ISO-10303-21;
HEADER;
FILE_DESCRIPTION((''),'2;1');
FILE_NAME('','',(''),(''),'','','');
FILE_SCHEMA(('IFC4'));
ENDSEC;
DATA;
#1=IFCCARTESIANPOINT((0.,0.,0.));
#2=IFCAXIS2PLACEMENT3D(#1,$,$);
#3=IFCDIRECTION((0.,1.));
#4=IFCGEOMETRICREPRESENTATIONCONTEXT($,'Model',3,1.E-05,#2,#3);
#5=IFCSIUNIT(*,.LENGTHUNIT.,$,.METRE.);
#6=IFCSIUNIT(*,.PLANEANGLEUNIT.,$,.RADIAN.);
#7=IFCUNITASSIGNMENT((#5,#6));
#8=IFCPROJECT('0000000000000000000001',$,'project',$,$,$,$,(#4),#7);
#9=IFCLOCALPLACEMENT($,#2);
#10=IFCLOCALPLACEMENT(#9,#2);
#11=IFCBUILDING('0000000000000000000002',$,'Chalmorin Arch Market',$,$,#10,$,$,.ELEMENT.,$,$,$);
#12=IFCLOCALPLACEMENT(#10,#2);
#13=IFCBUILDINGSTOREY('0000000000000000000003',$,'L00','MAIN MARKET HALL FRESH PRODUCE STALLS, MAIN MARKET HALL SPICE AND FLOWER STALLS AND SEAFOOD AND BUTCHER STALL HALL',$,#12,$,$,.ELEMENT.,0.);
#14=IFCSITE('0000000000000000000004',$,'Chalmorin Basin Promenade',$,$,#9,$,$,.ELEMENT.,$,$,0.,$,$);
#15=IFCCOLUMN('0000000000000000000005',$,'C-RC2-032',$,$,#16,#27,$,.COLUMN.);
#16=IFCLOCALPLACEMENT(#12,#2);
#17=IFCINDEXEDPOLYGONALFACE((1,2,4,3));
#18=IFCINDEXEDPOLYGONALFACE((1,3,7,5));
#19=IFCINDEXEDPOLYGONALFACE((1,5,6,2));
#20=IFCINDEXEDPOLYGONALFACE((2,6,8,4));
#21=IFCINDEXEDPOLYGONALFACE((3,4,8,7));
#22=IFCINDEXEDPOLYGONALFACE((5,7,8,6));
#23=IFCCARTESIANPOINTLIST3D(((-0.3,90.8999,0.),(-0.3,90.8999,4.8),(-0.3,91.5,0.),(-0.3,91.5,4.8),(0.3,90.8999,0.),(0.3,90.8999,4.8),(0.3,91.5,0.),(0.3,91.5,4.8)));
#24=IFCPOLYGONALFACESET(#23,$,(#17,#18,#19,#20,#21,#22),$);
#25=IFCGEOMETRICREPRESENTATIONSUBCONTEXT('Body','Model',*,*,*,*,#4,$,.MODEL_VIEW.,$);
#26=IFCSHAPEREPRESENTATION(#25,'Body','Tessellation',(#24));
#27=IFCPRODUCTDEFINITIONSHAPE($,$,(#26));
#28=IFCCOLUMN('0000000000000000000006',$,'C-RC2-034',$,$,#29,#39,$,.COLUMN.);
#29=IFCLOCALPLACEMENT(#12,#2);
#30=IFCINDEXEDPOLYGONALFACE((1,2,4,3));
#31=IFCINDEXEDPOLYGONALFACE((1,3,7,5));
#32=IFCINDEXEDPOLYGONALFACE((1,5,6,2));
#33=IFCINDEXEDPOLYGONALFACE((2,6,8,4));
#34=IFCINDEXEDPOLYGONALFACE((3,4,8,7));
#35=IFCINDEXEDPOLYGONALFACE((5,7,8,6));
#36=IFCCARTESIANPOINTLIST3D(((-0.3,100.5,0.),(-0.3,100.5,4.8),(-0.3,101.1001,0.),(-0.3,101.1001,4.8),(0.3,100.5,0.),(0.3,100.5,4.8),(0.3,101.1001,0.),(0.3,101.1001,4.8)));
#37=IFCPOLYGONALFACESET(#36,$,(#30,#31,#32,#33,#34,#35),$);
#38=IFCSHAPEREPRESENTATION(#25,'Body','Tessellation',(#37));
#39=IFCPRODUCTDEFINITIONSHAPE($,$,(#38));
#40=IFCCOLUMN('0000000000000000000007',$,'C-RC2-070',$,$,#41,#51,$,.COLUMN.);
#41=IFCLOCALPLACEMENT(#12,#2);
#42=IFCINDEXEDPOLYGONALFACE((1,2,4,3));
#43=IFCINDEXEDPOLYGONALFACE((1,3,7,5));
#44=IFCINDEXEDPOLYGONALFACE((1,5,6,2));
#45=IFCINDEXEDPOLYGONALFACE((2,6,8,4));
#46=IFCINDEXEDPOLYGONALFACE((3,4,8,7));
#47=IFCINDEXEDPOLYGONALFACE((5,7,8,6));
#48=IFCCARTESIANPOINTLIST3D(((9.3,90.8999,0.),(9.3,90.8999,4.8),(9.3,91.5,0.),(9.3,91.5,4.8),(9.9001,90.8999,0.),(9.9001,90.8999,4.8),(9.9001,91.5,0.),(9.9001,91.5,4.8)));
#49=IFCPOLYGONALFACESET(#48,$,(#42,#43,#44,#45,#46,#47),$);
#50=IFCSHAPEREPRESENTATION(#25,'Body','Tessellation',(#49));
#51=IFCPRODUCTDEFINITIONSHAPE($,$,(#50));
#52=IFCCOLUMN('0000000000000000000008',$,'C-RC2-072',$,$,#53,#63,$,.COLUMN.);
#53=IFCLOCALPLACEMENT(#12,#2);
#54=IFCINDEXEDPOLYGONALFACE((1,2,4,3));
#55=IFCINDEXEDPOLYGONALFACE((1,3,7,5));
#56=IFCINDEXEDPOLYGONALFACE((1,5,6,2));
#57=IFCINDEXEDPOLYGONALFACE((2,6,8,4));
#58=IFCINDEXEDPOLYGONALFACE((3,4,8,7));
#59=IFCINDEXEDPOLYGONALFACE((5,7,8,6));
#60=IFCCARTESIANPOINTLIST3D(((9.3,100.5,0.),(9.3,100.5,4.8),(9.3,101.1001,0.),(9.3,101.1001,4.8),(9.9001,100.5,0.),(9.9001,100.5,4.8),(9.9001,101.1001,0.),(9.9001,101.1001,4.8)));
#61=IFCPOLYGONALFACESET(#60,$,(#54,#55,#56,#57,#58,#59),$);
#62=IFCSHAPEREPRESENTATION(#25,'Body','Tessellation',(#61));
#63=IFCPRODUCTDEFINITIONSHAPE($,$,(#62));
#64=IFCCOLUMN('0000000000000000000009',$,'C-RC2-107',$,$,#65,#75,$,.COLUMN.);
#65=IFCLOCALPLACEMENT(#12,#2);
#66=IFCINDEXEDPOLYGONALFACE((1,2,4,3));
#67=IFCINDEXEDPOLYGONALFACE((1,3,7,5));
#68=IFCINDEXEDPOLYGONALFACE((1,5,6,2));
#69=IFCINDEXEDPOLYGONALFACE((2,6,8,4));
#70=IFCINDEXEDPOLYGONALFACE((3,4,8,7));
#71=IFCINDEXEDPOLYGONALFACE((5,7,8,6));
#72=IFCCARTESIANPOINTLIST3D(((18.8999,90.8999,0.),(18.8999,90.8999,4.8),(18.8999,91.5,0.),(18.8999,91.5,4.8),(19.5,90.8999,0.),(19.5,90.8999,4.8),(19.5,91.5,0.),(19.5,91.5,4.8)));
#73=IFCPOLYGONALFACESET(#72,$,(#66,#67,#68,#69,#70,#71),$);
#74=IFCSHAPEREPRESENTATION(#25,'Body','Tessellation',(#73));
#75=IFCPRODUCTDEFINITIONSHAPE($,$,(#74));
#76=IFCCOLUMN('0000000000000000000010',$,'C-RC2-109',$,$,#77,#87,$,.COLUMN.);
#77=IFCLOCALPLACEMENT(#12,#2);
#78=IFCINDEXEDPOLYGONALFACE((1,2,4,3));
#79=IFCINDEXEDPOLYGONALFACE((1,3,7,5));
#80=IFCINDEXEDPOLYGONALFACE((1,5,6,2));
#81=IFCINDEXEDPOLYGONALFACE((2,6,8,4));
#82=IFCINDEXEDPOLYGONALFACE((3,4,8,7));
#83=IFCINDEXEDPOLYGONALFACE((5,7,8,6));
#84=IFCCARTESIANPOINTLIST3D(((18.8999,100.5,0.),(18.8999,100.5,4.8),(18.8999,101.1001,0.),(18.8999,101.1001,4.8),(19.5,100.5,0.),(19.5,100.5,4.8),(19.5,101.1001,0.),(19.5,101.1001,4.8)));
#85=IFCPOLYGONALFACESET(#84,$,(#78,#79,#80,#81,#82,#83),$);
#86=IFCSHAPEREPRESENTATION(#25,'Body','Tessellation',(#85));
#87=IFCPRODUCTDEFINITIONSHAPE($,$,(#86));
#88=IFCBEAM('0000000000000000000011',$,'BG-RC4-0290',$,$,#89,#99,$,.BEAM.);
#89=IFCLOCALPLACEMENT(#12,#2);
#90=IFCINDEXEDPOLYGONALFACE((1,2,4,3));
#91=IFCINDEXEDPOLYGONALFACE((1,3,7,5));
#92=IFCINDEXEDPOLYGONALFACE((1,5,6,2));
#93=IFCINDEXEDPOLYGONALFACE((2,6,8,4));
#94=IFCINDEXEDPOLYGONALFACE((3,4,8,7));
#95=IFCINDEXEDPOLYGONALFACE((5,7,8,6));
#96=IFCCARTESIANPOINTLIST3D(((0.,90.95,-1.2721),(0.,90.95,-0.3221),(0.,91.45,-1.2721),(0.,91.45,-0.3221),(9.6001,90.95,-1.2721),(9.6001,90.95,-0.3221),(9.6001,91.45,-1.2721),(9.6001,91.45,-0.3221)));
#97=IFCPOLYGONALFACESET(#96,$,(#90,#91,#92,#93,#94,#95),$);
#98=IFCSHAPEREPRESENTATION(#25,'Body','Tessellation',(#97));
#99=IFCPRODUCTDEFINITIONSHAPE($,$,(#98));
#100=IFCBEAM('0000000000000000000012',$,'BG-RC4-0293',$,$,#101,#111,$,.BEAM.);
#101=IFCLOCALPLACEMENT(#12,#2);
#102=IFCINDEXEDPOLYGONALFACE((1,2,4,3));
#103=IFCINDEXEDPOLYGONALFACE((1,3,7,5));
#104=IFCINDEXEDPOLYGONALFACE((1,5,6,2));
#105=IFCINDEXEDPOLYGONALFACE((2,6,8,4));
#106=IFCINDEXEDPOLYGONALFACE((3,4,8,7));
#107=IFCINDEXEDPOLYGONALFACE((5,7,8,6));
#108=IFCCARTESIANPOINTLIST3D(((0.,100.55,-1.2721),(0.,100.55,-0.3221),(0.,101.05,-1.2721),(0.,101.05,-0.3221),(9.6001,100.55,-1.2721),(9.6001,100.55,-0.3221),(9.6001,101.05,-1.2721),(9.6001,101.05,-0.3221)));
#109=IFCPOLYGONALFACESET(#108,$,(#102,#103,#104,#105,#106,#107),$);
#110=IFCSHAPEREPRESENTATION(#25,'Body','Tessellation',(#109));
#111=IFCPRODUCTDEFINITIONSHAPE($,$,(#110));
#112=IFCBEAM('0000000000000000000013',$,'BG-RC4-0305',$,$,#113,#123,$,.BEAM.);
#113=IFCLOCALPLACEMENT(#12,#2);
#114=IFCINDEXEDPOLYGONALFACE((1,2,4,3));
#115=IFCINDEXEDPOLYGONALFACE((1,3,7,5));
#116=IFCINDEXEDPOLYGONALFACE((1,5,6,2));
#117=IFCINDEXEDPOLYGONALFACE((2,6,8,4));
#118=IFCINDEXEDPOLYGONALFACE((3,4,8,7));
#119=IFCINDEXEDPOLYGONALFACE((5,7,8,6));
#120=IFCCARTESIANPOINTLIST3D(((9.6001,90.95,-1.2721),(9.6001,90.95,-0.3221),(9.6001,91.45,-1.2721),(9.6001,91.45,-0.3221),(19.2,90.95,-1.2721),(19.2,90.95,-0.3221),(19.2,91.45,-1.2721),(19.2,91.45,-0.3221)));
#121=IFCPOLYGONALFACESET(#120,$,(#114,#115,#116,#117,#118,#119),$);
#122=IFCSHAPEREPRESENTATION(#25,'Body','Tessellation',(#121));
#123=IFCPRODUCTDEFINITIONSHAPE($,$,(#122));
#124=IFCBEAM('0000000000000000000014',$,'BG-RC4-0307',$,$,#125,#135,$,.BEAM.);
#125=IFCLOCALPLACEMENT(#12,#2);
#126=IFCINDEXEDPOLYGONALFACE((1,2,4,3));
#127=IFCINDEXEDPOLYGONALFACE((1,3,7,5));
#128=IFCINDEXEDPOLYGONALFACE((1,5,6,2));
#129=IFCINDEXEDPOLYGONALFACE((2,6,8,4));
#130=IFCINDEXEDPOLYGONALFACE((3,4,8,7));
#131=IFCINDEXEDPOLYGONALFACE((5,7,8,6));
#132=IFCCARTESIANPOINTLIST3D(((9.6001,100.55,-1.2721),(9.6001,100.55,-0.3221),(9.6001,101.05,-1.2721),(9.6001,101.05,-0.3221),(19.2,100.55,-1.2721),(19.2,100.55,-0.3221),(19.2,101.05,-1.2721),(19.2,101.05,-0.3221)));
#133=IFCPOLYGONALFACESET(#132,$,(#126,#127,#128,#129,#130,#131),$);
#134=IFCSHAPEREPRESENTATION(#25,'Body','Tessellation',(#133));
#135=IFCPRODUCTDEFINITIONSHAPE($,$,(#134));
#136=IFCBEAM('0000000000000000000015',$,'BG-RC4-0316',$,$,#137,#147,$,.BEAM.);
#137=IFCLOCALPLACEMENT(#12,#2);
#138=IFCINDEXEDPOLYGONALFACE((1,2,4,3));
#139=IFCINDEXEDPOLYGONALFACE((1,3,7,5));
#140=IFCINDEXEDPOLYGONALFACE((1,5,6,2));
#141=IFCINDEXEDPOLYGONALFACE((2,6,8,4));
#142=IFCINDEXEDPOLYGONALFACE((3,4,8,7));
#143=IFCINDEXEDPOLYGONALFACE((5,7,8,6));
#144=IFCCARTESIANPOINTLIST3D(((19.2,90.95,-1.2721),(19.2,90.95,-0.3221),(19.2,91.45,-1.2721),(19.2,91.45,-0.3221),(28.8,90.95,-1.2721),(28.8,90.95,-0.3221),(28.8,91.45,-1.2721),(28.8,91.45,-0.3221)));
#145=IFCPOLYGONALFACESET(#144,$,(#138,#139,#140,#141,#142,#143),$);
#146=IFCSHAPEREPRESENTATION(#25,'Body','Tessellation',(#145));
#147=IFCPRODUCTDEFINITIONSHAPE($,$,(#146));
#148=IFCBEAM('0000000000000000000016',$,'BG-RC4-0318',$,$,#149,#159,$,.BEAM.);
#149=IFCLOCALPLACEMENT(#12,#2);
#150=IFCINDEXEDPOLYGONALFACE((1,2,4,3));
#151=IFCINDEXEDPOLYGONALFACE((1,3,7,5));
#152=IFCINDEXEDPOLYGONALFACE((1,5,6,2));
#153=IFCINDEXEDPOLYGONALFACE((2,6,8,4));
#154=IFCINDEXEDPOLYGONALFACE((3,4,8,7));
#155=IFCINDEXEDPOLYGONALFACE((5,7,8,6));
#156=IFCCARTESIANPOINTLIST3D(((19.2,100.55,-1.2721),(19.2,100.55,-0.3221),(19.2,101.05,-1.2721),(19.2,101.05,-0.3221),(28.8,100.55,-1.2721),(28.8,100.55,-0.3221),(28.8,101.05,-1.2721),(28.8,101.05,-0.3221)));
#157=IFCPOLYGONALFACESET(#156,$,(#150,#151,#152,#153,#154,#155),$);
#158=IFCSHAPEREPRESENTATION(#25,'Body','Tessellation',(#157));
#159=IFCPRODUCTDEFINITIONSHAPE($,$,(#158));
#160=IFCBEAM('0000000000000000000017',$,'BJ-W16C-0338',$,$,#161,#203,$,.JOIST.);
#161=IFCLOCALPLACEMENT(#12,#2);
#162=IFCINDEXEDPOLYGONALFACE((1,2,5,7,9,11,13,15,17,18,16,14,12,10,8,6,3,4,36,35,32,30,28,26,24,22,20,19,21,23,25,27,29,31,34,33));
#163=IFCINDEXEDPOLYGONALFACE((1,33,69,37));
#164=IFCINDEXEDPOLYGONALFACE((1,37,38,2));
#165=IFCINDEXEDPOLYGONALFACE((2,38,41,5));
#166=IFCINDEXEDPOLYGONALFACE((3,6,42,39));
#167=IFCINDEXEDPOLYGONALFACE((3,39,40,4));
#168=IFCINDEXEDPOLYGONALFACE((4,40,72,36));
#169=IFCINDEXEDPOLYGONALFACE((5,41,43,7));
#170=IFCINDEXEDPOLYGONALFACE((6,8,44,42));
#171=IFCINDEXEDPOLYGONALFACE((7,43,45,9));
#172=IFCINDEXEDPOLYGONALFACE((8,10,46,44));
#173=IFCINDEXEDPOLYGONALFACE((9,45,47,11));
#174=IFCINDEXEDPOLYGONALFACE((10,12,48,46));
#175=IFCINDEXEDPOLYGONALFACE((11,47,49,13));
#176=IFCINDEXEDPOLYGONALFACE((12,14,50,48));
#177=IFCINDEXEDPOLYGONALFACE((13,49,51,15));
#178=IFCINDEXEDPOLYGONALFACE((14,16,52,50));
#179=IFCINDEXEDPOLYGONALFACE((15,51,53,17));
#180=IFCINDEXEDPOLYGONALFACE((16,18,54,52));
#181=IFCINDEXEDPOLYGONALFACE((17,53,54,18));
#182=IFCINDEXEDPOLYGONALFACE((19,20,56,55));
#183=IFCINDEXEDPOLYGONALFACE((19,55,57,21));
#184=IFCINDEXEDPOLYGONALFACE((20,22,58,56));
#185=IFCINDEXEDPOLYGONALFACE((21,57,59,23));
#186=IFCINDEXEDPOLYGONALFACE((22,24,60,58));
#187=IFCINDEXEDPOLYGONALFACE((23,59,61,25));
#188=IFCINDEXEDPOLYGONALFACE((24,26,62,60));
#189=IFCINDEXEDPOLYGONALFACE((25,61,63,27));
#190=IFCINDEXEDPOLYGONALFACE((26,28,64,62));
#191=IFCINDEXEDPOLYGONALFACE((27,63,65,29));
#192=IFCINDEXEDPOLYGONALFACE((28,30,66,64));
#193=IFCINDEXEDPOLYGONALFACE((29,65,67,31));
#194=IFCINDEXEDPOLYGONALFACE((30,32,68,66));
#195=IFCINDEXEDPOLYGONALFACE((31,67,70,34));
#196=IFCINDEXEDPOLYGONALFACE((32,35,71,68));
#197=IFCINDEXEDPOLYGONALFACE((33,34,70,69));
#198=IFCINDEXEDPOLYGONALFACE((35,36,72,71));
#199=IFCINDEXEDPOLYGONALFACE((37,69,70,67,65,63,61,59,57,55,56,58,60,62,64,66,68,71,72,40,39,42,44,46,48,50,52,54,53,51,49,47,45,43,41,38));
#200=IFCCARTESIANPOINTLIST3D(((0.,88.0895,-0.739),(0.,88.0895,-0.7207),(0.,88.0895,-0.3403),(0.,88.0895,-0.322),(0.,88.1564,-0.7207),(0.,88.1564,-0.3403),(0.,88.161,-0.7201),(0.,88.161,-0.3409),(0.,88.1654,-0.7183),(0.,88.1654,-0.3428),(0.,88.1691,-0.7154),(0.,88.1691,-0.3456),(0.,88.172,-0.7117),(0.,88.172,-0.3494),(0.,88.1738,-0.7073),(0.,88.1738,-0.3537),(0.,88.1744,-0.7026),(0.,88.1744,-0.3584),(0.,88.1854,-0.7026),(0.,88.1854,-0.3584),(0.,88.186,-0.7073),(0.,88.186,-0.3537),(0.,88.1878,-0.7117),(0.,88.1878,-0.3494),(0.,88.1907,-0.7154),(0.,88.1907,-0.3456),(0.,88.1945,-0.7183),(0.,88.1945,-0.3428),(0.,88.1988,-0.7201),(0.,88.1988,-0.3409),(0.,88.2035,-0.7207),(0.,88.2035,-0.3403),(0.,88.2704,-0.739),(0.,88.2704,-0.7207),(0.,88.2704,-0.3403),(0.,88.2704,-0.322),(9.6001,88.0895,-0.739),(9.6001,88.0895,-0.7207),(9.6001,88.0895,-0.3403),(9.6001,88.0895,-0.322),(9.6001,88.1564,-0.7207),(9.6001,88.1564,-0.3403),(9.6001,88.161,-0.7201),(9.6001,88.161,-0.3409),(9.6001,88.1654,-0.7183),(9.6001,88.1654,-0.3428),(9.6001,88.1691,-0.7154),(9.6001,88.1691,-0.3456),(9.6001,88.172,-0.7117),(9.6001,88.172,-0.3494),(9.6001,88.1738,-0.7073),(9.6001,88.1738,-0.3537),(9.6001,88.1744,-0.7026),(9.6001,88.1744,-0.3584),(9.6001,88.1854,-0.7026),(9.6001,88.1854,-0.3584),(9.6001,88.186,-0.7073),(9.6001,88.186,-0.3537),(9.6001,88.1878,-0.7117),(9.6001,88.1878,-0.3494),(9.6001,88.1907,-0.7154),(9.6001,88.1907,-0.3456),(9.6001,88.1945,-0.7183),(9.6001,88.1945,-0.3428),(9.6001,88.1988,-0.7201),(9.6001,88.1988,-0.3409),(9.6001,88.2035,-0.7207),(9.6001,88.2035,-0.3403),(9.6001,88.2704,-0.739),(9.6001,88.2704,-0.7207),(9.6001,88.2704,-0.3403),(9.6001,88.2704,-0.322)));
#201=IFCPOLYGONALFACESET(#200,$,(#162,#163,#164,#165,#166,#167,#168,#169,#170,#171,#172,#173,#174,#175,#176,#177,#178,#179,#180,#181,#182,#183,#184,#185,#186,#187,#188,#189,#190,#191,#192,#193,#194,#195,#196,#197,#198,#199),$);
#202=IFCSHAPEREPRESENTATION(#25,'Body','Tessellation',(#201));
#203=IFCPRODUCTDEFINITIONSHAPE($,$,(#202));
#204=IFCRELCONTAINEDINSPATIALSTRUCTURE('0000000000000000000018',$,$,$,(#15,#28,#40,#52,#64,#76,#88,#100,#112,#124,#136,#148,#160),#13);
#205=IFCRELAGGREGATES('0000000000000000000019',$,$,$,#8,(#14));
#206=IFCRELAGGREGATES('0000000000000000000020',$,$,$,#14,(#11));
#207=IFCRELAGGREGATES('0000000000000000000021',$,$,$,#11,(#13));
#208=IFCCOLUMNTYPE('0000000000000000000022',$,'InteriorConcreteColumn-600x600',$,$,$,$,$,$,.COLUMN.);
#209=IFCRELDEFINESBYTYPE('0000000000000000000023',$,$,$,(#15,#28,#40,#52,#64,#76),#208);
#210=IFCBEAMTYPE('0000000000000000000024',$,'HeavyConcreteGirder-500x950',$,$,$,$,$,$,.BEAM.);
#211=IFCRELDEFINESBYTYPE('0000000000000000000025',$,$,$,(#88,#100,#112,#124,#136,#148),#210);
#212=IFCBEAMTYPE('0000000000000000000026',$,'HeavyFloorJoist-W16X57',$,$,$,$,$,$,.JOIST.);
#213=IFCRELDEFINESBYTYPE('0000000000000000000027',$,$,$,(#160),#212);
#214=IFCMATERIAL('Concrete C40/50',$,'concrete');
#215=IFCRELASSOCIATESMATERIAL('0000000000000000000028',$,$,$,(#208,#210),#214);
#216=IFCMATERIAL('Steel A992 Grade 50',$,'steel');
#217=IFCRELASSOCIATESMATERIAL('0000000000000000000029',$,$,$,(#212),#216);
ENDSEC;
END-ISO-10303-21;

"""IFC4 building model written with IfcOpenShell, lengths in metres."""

from ifc_helpers import new_model, si_unit, direction, frame, origin, origin_2d, place, context, subcontext, project, spatial, rectangle, i_section, extrude, material, material_profile, profile_set, type_object, element, save


model = new_model("IFC4")

# Units and contexts
model_context = context("Model", 3, precision=1e-05, world=origin(), true_north=direction((0.0, 1.0)))
body_context = subcontext(model_context, "Body", "Model", "MODEL_VIEW")
ifc_project = project(units=[si_unit("LENGTHUNIT", "METRE"), si_unit("PLANEANGLEUNIT", "RADIAN")], contexts=[model_context])

# Site, building, storey
site_placement = place(None, origin())
site = spatial("IfcSite", under=ifc_project, at=site_placement, Name="Chalmorin Basin Promenade", CompositionType="ELEMENT", RefElevation=0.0)
building_placement = place(site_placement, origin())
building = spatial("IfcBuilding", under=site, at=building_placement, Name="Chalmorin Arch Market", CompositionType="ELEMENT")
storey_placement = place(building_placement, origin())
storey = spatial("IfcBuildingStorey", under=building, at=storey_placement, Name="L00", Description="MAIN MARKET HALL FRESH PRODUCE STALLS, MAIN MARKET HALL SPICE AND FLOWER STALLS AND SEAFOOD AND BUTCHER STALL HALL", CompositionType="ELEMENT", Elevation=0.0)

# Columns
ifc_material_1 = material(Name="Concrete C40/50", Category="concrete")
ifc_material_profile_1 = material_profile(ifc_material_1, rectangle(XDim=0.6001, YDim=0.6001, at=origin_2d()), Name="RC600X600")
ifc_profile_set_1 = profile_set([ifc_material_profile_1], Name="Concrete C40/50")
column_type = type_object("IfcColumnType", Name="InteriorConcreteColumn-600x600", PredefinedType="COLUMN", material=ifc_profile_set_1)
for number, where, z_axis, x_axis, name in (
    (1, (0.0, 91.2, 0.0), (0.0, 0.0, 1.0), (1.0, 0.0, 0.0), "C-RC2-032"),
    (2, (0.0, 100.8, 0.0), (0.0, 0.0, 1.0), (1.0, 0.0, 0.0), "C-RC2-034"),
    (3, (9.6001, 91.2, 0.0), (0.0, 0.0, 1.0), (1.0, 0.0, 0.0), "C-RC2-070"),
    (4, (9.6001, 100.8, 0.0), (0.0, 0.0, 1.0), (1.0, 0.0, 0.0), "C-RC2-072"),
    (5, (19.2, 91.2, 0.0), (0.0, 0.0, 1.0), (1.0, 0.0, 0.0), "C-RC2-107"),
    (6, (19.2, 100.8, 0.0), (0.0, 0.0, 1.0), (1.0, 0.0, 0.0), "C-RC2-109"),
):
    element("IfcColumn", number, at=place(storey_placement, frame(where, z_axis=z_axis, x_axis=x_axis)), inside=storey, type_object=column_type, Name=name, PredefinedType="COLUMN", context=body_context, shape_type="SweptSolid", body=[
        extrude(rectangle(XDim=0.6001, YDim=0.6001, at=origin_2d()), origin(), (0.0, 0.0, 1.0), 4.8),
    ])

# Beams
ifc_material_profile_2 = material_profile(ifc_material_1, rectangle(XDim=0.5, YDim=0.95, at=origin_2d()), Name="RC500X950")
ifc_profile_set_2 = profile_set([ifc_material_profile_2], Name="Concrete C40/50")
beam_type_1 = type_object("IfcBeamType", Name="HeavyConcreteGirder-500x950", PredefinedType="BEAM", material=ifc_profile_set_2)
for number, where, z_axis, x_axis, name in (
    (7, (0.0, 91.2, -0.7971), (1.0, 0.0, 0.0), (0.0, 1.0, 0.0), "BG-RC4-0290"),
    (8, (0.0, 100.8, -0.7971), (1.0, 0.0, 0.0), (0.0, 1.0, 0.0), "BG-RC4-0293"),
):
    element("IfcBeam", number, at=place(storey_placement, frame(where, z_axis=z_axis, x_axis=x_axis)), inside=storey, type_object=beam_type_1, Name=name, PredefinedType="BEAM", context=body_context, shape_type="SweptSolid", body=[
        extrude(rectangle(XDim=0.5, YDim=0.95, at=origin_2d()), origin(), (0.0, 0.0, 1.0), 9.6001),
    ])
for number, where, z_axis, x_axis, name in (
    (9, (9.6001, 91.2, -0.7971), (1.0, 0.0, 0.0), (0.0, 1.0, 0.0), "BG-RC4-0305"),
    (10, (9.6001, 100.8, -0.7971), (1.0, 0.0, 0.0), (0.0, 1.0, 0.0), "BG-RC4-0307"),
):
    element("IfcBeam", number, at=place(storey_placement, frame(where, z_axis=z_axis, x_axis=x_axis)), inside=storey, type_object=beam_type_1, Name=name, PredefinedType="BEAM", context=body_context, shape_type="SweptSolid", body=[
        extrude(rectangle(XDim=0.5, YDim=0.95, at=origin_2d()), origin(), (0.0, 0.0, 1.0), 9.5999),
    ])
for number, where, z_axis, x_axis, name in (
    (11, (19.2, 91.2, -0.7971), (1.0, 0.0, 0.0), (0.0, 1.0, 0.0), "BG-RC4-0316"),
    (12, (19.2, 100.8, -0.7971), (1.0, 0.0, 0.0), (0.0, 1.0, 0.0), "BG-RC4-0318"),
):
    element("IfcBeam", number, at=place(storey_placement, frame(where, z_axis=z_axis, x_axis=x_axis)), inside=storey, type_object=beam_type_1, Name=name, PredefinedType="BEAM", context=body_context, shape_type="SweptSolid", body=[
        extrude(rectangle(XDim=0.5, YDim=0.95, at=origin_2d()), origin(), (0.0, 0.0, 1.0), 9.6001),
    ])
ifc_material_2 = material(Name="Steel A992 Grade 50", Category="steel")
ifc_material_profile_3 = material_profile(ifc_material_2, i_section(OverallWidth=0.1809, OverallDepth=0.417, WebThickness=0.011, FlangeThickness=0.0183, FilletRadius=0.0181, at=origin_2d()), Name="W16X57")
ifc_profile_set_3 = profile_set([ifc_material_profile_3], Name="Steel A992 Grade 50")
beam_type_2 = type_object("IfcBeamType", Name="HeavyFloorJoist-W16X57", PredefinedType="JOIST", material=ifc_profile_set_3)
for number, where, z_axis, x_axis, name in (
    (13, (0.0, 88.1799, -0.5305), (1.0, 0.0, 0.0), (0.0, 1.0, 0.0), "BJ-W16C-0338"),
):
    element("IfcBeam", number, at=place(storey_placement, frame(where, z_axis=z_axis, x_axis=x_axis)), inside=storey, type_object=beam_type_2, Name=name, PredefinedType="JOIST", context=body_context, shape_type="SweptSolid", body=[
        extrude(i_section(OverallWidth=0.1809, OverallDepth=0.417, WebThickness=0.011, FlangeThickness=0.0183, FilletRadius=0.0181, at=origin_2d()), origin(), (0.0, 0.0, 1.0), 9.6001),
    ])

save(model, "model.ifc")
